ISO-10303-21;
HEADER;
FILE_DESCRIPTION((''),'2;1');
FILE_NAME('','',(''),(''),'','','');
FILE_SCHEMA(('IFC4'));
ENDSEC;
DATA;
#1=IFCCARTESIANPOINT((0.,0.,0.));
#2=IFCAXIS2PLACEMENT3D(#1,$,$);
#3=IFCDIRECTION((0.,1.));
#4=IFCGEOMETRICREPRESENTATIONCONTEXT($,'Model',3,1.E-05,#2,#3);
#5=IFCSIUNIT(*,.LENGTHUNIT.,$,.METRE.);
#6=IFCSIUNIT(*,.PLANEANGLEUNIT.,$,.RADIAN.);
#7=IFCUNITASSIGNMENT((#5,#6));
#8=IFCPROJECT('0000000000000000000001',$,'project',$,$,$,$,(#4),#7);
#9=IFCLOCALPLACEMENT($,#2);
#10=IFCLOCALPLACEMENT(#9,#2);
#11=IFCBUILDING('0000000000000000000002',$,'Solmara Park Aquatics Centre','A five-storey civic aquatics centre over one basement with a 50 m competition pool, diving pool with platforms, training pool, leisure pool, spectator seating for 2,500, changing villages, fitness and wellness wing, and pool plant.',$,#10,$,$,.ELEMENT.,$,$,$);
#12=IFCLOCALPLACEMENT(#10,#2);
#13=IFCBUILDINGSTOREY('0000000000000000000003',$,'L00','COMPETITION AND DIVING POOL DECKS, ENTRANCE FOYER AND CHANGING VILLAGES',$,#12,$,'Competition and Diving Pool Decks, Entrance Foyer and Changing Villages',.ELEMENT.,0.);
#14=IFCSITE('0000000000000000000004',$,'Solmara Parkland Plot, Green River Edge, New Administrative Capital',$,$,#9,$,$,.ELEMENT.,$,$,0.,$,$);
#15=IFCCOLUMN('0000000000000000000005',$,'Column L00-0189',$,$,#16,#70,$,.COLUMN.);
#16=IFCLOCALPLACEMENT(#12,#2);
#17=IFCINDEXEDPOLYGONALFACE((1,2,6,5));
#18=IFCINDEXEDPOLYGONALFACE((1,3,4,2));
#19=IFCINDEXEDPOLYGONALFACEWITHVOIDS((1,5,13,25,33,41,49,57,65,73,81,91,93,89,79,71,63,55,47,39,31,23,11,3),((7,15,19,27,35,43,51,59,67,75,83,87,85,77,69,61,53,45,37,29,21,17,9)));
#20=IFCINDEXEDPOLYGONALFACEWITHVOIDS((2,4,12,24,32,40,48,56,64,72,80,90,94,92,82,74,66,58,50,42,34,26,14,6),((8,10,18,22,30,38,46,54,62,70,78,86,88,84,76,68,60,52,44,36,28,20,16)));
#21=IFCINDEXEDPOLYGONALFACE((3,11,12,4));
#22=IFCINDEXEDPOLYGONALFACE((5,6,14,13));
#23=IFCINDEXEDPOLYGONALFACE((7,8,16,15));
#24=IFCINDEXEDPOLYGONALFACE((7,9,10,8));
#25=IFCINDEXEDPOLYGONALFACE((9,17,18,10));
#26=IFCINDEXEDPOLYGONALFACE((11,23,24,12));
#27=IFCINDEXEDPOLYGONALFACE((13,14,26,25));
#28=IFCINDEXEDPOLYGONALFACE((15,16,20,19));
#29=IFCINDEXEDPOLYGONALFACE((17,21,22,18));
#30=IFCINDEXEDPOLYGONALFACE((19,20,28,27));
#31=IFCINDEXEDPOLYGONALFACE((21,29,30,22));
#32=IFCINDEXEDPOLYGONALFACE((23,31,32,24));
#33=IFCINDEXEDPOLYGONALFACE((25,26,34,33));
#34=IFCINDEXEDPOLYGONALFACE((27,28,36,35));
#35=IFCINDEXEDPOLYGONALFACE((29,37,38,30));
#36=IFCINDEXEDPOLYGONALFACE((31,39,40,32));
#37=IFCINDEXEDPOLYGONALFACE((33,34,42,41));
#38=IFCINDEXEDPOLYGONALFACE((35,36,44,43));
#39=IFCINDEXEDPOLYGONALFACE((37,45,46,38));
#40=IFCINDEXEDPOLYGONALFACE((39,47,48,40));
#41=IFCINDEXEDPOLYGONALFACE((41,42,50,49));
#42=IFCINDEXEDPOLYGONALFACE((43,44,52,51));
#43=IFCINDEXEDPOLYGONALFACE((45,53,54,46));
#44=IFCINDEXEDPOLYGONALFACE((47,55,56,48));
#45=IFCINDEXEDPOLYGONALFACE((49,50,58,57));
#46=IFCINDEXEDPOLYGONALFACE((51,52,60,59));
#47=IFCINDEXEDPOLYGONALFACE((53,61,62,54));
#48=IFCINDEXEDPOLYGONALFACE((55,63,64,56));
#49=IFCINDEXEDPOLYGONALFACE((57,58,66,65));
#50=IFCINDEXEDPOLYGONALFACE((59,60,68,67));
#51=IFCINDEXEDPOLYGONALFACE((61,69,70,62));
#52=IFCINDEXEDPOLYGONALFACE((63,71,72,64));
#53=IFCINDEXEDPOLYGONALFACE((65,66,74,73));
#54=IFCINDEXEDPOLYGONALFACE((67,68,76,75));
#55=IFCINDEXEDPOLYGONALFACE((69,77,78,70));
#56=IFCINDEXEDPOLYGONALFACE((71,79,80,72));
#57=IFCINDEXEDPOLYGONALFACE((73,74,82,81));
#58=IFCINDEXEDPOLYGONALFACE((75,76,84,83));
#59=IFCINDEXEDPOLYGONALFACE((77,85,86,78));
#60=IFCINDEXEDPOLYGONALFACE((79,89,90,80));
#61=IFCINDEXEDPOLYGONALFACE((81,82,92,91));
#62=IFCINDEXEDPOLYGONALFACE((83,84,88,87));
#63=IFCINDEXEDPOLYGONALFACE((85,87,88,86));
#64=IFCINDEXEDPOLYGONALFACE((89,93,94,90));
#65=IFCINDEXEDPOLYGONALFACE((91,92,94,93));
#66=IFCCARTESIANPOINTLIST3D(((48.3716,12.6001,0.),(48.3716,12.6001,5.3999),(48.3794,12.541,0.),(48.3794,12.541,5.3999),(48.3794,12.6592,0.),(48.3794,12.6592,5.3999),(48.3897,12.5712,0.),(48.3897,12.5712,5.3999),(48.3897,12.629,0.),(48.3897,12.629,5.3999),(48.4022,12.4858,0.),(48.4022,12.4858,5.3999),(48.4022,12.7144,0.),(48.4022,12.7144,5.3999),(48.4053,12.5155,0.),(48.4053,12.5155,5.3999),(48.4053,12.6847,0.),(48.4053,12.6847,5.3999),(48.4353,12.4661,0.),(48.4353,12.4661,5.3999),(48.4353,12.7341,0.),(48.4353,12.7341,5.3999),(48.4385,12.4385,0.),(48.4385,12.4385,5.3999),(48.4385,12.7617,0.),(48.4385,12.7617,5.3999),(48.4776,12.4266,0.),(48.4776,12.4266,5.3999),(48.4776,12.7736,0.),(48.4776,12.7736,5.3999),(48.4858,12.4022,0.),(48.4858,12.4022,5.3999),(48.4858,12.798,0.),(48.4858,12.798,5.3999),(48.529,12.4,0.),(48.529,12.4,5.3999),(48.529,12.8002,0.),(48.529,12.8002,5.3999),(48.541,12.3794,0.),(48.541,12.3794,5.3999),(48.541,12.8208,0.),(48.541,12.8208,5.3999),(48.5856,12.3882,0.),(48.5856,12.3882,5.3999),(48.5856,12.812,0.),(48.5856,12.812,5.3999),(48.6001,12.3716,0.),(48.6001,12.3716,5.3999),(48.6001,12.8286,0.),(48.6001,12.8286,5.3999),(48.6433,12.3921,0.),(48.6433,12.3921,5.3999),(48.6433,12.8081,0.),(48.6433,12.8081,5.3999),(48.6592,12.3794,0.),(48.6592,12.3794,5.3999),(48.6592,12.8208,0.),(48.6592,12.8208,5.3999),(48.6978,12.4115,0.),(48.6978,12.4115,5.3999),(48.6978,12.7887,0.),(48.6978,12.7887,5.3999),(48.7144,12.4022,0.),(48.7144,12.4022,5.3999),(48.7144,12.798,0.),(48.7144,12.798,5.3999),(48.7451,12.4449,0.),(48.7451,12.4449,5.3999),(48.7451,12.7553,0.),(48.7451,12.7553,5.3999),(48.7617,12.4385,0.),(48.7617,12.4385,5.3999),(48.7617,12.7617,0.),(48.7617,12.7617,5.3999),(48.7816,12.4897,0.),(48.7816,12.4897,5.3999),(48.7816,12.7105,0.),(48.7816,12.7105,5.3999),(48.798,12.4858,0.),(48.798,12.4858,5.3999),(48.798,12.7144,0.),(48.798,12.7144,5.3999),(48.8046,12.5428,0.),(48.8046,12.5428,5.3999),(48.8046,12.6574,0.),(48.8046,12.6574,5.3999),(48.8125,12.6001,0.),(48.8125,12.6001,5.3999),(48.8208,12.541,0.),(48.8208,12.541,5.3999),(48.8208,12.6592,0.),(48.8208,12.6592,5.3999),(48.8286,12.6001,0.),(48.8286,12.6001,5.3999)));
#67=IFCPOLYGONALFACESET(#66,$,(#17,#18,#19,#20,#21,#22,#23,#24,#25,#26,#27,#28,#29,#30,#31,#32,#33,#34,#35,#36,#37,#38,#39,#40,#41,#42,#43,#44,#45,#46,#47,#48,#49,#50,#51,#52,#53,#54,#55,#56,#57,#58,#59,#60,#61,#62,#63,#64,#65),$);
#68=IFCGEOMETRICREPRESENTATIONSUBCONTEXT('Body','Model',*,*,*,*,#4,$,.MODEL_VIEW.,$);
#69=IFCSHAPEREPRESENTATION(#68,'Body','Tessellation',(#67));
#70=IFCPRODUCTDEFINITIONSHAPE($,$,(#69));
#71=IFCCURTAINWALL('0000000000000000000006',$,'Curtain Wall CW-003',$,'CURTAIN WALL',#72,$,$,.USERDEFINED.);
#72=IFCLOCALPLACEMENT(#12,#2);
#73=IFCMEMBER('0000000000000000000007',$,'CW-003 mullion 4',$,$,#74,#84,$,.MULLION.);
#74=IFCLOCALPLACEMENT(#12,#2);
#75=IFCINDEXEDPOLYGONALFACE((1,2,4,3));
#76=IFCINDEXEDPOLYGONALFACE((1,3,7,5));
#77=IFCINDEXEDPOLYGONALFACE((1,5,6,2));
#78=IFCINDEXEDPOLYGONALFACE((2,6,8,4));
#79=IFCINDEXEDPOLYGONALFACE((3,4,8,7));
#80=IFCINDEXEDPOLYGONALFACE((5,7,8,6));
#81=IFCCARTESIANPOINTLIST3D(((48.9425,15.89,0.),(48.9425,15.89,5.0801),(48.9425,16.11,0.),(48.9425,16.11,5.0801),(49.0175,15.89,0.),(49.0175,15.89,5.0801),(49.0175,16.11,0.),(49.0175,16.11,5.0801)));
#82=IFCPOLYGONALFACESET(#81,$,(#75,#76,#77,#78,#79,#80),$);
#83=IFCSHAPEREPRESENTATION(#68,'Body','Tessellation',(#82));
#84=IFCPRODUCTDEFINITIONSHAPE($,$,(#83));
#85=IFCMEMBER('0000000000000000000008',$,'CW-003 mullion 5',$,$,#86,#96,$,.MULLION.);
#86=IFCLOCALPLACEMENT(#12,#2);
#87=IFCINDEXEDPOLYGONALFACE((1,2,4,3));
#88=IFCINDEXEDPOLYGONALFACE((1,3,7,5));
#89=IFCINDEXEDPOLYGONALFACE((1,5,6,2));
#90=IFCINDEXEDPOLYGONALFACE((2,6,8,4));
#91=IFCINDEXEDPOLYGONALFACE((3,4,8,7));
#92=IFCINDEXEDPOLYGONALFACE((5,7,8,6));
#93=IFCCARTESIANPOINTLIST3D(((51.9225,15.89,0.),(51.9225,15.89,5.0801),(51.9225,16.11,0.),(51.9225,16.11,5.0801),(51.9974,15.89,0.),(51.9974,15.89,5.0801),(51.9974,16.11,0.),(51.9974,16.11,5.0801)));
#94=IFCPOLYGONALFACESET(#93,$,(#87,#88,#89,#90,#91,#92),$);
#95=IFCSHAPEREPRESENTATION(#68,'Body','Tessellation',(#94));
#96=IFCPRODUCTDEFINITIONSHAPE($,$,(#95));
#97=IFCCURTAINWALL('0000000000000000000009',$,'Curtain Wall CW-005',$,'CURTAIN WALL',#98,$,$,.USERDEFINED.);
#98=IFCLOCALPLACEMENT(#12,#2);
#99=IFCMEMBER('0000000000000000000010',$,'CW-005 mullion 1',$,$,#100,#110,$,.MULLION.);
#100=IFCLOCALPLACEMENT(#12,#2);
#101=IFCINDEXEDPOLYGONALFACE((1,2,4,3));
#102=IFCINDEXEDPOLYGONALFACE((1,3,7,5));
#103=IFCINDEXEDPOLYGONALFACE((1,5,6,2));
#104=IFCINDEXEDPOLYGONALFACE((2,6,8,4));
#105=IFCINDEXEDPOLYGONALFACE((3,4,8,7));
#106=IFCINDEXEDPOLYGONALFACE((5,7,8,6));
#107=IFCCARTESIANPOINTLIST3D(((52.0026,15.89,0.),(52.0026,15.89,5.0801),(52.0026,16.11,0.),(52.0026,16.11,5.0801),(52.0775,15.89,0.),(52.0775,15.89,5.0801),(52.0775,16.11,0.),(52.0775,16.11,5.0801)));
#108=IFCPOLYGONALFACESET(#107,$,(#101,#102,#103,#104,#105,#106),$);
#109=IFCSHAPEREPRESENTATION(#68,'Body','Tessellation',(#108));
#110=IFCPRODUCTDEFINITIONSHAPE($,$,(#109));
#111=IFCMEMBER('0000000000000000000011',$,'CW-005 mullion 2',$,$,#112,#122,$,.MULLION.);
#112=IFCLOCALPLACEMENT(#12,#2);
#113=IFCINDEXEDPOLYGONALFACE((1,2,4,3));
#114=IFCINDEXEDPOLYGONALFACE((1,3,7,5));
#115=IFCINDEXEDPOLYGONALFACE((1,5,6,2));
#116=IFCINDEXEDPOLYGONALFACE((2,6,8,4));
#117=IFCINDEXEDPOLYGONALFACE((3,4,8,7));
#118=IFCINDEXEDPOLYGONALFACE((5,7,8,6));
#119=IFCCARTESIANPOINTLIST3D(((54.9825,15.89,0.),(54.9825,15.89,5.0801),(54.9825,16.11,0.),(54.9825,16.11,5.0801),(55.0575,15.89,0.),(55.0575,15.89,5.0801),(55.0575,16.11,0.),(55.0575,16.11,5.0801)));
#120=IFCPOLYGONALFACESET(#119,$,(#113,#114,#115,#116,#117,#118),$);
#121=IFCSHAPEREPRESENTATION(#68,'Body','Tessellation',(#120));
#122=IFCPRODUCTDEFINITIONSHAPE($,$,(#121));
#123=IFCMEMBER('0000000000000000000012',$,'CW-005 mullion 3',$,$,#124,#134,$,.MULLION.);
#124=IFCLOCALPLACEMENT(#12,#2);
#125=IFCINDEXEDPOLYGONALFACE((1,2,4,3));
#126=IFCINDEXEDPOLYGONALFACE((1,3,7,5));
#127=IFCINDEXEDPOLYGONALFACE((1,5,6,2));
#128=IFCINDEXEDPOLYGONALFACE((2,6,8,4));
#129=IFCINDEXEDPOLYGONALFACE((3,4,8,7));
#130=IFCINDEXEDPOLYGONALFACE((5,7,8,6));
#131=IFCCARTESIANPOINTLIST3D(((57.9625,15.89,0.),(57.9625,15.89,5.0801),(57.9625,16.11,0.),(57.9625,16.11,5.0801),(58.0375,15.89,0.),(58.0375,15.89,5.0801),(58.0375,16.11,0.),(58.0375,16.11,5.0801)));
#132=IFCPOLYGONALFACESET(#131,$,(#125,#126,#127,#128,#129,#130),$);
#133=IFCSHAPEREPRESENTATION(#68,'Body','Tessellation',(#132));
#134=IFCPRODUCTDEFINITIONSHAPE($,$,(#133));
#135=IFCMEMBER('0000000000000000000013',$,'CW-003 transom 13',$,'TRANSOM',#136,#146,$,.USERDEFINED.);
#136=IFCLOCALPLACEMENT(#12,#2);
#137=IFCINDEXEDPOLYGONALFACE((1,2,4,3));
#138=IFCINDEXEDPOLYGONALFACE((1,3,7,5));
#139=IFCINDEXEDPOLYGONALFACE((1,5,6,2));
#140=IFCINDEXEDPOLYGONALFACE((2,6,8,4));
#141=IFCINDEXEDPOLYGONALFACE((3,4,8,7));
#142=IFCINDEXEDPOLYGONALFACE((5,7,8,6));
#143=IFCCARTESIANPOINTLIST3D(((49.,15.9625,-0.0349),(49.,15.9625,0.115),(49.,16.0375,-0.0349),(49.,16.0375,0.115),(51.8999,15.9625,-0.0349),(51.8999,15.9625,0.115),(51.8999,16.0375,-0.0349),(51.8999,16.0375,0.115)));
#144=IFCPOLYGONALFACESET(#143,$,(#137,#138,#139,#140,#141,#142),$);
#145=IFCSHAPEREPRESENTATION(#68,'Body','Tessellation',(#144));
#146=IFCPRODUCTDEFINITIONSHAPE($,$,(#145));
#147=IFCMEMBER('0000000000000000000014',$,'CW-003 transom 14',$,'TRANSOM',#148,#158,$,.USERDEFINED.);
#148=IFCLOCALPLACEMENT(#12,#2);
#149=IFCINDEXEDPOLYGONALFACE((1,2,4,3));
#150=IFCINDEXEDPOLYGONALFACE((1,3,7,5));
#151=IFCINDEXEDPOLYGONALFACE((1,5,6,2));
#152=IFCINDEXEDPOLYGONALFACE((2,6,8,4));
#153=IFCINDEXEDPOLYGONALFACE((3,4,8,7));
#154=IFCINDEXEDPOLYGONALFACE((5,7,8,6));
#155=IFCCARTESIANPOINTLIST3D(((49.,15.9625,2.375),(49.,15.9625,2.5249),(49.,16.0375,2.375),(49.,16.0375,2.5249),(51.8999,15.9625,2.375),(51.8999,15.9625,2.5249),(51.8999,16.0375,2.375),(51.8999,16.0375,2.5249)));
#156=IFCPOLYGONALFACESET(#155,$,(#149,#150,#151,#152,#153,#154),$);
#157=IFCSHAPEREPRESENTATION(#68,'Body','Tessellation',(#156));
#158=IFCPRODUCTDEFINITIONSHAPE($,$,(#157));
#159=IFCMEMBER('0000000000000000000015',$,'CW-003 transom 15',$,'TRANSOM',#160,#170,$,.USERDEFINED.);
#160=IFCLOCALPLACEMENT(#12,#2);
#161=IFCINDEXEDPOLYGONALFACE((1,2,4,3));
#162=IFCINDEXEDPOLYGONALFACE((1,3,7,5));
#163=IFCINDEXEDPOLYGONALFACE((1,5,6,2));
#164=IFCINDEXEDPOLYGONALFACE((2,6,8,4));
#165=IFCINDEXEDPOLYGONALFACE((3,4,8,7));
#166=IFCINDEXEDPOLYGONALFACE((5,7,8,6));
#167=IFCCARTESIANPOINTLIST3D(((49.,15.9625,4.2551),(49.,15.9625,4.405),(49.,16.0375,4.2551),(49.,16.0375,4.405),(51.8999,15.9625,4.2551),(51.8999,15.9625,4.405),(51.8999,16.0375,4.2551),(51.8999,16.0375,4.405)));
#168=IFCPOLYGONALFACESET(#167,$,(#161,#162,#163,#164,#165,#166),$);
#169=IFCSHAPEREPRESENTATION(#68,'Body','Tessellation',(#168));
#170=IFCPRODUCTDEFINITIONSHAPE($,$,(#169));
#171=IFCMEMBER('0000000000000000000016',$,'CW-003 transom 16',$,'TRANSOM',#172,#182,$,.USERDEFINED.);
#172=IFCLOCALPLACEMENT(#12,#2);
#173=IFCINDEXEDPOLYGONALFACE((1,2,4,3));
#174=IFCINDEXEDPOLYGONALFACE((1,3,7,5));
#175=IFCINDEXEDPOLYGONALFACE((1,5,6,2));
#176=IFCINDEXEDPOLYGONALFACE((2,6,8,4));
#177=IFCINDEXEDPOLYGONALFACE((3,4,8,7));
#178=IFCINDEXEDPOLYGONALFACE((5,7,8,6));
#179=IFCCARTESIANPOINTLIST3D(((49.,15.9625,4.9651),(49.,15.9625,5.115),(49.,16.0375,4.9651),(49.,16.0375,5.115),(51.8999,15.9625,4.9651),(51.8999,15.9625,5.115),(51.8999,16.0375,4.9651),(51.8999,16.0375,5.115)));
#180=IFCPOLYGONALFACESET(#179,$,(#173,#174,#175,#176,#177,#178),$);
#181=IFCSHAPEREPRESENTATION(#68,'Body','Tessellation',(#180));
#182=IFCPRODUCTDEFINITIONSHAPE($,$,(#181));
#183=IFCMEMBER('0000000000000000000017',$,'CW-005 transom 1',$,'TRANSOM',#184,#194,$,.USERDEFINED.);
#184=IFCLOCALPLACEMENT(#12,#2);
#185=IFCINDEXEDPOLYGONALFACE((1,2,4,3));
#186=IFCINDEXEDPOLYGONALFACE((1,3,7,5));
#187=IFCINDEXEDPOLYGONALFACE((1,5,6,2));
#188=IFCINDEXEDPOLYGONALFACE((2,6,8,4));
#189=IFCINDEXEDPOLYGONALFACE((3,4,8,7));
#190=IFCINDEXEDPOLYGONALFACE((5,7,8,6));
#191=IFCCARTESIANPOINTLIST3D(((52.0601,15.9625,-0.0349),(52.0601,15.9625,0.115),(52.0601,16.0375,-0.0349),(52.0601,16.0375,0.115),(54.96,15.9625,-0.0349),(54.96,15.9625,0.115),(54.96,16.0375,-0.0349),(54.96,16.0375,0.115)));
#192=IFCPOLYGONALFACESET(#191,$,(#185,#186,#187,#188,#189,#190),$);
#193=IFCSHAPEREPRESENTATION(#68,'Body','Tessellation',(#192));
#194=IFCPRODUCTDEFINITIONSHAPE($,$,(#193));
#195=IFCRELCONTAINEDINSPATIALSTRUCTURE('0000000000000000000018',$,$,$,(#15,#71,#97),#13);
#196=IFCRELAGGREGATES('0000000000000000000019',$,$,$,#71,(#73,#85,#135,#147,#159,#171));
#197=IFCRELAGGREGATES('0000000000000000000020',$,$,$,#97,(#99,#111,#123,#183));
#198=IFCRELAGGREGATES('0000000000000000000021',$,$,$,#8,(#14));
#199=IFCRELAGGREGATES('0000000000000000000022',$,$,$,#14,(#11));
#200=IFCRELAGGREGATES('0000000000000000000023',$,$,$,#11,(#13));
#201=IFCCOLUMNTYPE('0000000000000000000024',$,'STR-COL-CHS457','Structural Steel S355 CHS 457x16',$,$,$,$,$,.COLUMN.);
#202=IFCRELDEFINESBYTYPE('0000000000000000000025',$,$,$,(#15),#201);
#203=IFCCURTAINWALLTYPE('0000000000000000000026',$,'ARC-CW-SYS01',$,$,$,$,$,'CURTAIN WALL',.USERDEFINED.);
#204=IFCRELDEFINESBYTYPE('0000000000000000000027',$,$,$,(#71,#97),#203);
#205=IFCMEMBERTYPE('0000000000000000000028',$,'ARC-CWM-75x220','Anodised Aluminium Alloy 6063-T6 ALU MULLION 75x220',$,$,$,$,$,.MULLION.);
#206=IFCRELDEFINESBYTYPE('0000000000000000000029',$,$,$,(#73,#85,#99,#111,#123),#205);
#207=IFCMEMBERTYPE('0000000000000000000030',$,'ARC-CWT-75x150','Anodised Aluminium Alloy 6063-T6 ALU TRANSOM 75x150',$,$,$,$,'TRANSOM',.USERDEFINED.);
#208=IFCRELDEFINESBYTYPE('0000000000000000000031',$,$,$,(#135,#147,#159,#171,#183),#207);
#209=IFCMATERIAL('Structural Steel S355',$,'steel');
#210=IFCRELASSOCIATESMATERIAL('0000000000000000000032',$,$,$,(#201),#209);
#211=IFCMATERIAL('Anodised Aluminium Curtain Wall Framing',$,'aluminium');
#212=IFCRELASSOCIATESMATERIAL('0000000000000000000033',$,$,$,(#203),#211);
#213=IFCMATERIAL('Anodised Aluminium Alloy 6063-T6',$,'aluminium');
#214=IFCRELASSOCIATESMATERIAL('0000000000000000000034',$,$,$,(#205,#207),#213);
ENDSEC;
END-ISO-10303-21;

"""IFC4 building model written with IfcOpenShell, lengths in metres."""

from ifc_helpers import new_model, si_unit, direction, frame, origin, origin_2d, place, context, subcontext, project, spatial, rectangle, hollow_circle, extrude, material, material_profile, profile_set, type_object, element, aggregate, save


model = new_model("IFC4")

# Units and contexts
model_context = context("Model", 3, precision=1e-05, world=origin(), true_north=direction((0.0, 1.0)))
body_context = subcontext(model_context, "Body", "Model", "MODEL_VIEW")
ifc_project = project(units=[si_unit("LENGTHUNIT", "METRE"), si_unit("PLANEANGLEUNIT", "RADIAN")], contexts=[model_context])

# Site, building, storey
site_placement = place(None, origin())
site = spatial("IfcSite", under=ifc_project, at=site_placement, Name="Solmara Parkland Plot, Green River Edge, New Administrative Capital", CompositionType="ELEMENT", RefElevation=0.0)
building_placement = place(site_placement, origin())
building = spatial("IfcBuilding", under=site, at=building_placement, Name="Solmara Park Aquatics Centre", Description="A five-storey civic aquatics centre over one basement with a 50 m competition pool, diving pool with platforms, training pool, leisure pool, spectator seating for 2,500, changing villages, fitness and wellness wing, and pool plant.", CompositionType="ELEMENT")
storey_placement = place(building_placement, origin())
storey = spatial("IfcBuildingStorey", under=building, at=storey_placement, Name="L00", Description="COMPETITION AND DIVING POOL DECKS, ENTRANCE FOYER AND CHANGING VILLAGES", LongName="Competition and Diving Pool Decks, Entrance Foyer and Changing Villages", CompositionType="ELEMENT", Elevation=0.0)

# Column
ifc_material_1 = material(Name="Structural Steel S355", Category="steel")
ifc_material_profile_1 = material_profile(ifc_material_1, hollow_circle(Radius=0.2285, WallThickness=0.0161, at=origin_2d()), Name="CHS 457x16")
ifc_profile_set_1 = profile_set([ifc_material_profile_1], Name="Structural Steel S355")
column_type = type_object("IfcColumnType", Name="STR-COL-CHS457", Description="Structural Steel S355 CHS 457x16", PredefinedType="COLUMN", material=ifc_profile_set_1)
column_placement = place(storey_placement, frame((48.6001, 12.6001, 0.0), z_axis=(0.0, 0.0, 1.0), x_axis=(1.0, 0.0, 0.0)))
element("IfcColumn", 1, at=column_placement, inside=storey, type_object=column_type, Name="Column L00-0189", PredefinedType="COLUMN", context=body_context, shape_type="SweptSolid", body=[
    extrude(hollow_circle(Radius=0.2285, WallThickness=0.0161, at=origin_2d()), origin(), (0.0, 0.0, 1.0), 5.3999),
])

# Curtain walls, members
ifc_material_2 = material(Name="Anodised Aluminium Curtain Wall Framing", Category="aluminium")
curtain_wall_type = type_object("IfcCurtainWallType", Name="ARC-CW-SYS01", ElementType="CURTAIN WALL", PredefinedType="USERDEFINED", material=ifc_material_2)
curtain_wall_1_placement = place(storey_placement, origin())
curtain_wall_1 = element("IfcCurtainWall", 2, at=curtain_wall_1_placement, inside=storey, type_object=curtain_wall_type, Name="Curtain Wall CW-003", ObjectType="CURTAIN WALL", PredefinedType="USERDEFINED")
ifc_material_3 = material(Name="Anodised Aluminium Alloy 6063-T6", Category="aluminium")
ifc_material_profile_2 = material_profile(ifc_material_3, rectangle(XDim=0.075, YDim=0.22, at=origin_2d()), Name="ALU MULLION 75x220")
ifc_profile_set_2 = profile_set([ifc_material_profile_2], Name="Anodised Aluminium Alloy 6063-T6")
member_type_1 = type_object("IfcMemberType", Name="ARC-CWM-75x220", Description="Anodised Aluminium Alloy 6063-T6 ALU MULLION 75x220", PredefinedType="MULLION", material=ifc_profile_set_2)
member_1_placement = place(storey_placement, frame((48.98, 16.0, 0.0), z_axis=(0.0, 0.0, 1.0), x_axis=(1.0, 0.0, 0.0)))
member_1 = element("IfcMember", 3, at=member_1_placement, type_object=member_type_1, Name="CW-003 mullion 4", PredefinedType="MULLION", context=body_context, shape_type="SweptSolid", body=[
    extrude(rectangle(XDim=0.075, YDim=0.22, at=origin_2d()), origin(), (0.0, 0.0, 1.0), 5.0801),
])
member_2_placement = place(storey_placement, frame((51.96, 16.0, 0.0), z_axis=(0.0, 0.0, 1.0), x_axis=(1.0, 0.0, 0.0)))
member_2 = element("IfcMember", 4, at=member_2_placement, type_object=member_type_1, Name="CW-003 mullion 5", PredefinedType="MULLION", context=body_context, shape_type="SweptSolid", body=[
    extrude(rectangle(XDim=0.075, YDim=0.22, at=origin_2d()), origin(), (0.0, 0.0, 1.0), 5.0801),
])
curtain_wall_2_placement = place(storey_placement, origin())
curtain_wall_2 = element("IfcCurtainWall", 5, at=curtain_wall_2_placement, inside=storey, type_object=curtain_wall_type, Name="Curtain Wall CW-005", ObjectType="CURTAIN WALL", PredefinedType="USERDEFINED")
member_3_placement = place(storey_placement, frame((52.04, 16.0, 0.0), z_axis=(0.0, 0.0, 1.0), x_axis=(1.0, 0.0, 0.0)))
member_3 = element("IfcMember", 6, at=member_3_placement, type_object=member_type_1, Name="CW-005 mullion 1", PredefinedType="MULLION", context=body_context, shape_type="SweptSolid", body=[
    extrude(rectangle(XDim=0.075, YDim=0.22, at=origin_2d()), origin(), (0.0, 0.0, 1.0), 5.0801),
])
member_4_placement = place(storey_placement, frame((55.02, 16.0, 0.0), z_axis=(0.0, 0.0, 1.0), x_axis=(1.0, 0.0, 0.0)))
member_4 = element("IfcMember", 7, at=member_4_placement, type_object=member_type_1, Name="CW-005 mullion 2", PredefinedType="MULLION", context=body_context, shape_type="SweptSolid", body=[
    extrude(rectangle(XDim=0.075, YDim=0.22, at=origin_2d()), origin(), (0.0, 0.0, 1.0), 5.0801),
])
member_5_placement = place(storey_placement, frame((58.0, 16.0, 0.0), z_axis=(0.0, 0.0, 1.0), x_axis=(1.0, 0.0, 0.0)))
member_5 = element("IfcMember", 8, at=member_5_placement, type_object=member_type_1, Name="CW-005 mullion 3", PredefinedType="MULLION", context=body_context, shape_type="SweptSolid", body=[
    extrude(rectangle(XDim=0.075, YDim=0.22, at=origin_2d()), origin(), (0.0, 0.0, 1.0), 5.0801),
])

# Members
ifc_material_profile_3 = material_profile(ifc_material_3, rectangle(XDim=0.075, YDim=0.1499, at=origin_2d()), Name="ALU TRANSOM 75x150")
ifc_profile_set_3 = profile_set([ifc_material_profile_3], Name="Anodised Aluminium Alloy 6063-T6")
member_type_2 = type_object("IfcMemberType", Name="ARC-CWT-75x150", Description="Anodised Aluminium Alloy 6063-T6 ALU TRANSOM 75x150", ElementType="TRANSOM", PredefinedType="USERDEFINED", material=ifc_profile_set_3)
member_6_placement = place(storey_placement, frame((49.0, 16.0, 0.04), z_axis=(1.0, 0.0, 0.0), x_axis=(0.0, 1.0, 0.0)))
member_6 = element("IfcMember", 9, at=member_6_placement, type_object=member_type_2, Name="CW-003 transom 13", ObjectType="TRANSOM", PredefinedType="USERDEFINED", context=body_context, shape_type="SweptSolid", body=[
    extrude(rectangle(XDim=0.075, YDim=0.1499, at=origin_2d()), origin(), (0.0, 0.0, 1.0), 2.8999),
])
member_7_placement = place(storey_placement, frame((49.0, 16.0, 2.45), z_axis=(1.0, 0.0, 0.0), x_axis=(0.0, 1.0, 0.0)))
member_7 = element("IfcMember", 10, at=member_7_placement, type_object=member_type_2, Name="CW-003 transom 14", ObjectType="TRANSOM", PredefinedType="USERDEFINED", context=body_context, shape_type="SweptSolid", body=[
    extrude(rectangle(XDim=0.075, YDim=0.1499, at=origin_2d()), origin(), (0.0, 0.0, 1.0), 2.8999),
])
member_8_placement = place(storey_placement, frame((49.0, 16.0, 4.3301), z_axis=(1.0, 0.0, 0.0), x_axis=(0.0, 1.0, 0.0)))
member_8 = element("IfcMember", 11, at=member_8_placement, type_object=member_type_2, Name="CW-003 transom 15", ObjectType="TRANSOM", PredefinedType="USERDEFINED", context=body_context, shape_type="SweptSolid", body=[
    extrude(rectangle(XDim=0.075, YDim=0.1499, at=origin_2d()), origin(), (0.0, 0.0, 1.0), 2.8999),
])
member_9_placement = place(storey_placement, frame((49.0, 16.0, 5.04), z_axis=(1.0, 0.0, 0.0), x_axis=(0.0, 1.0, 0.0)))
member_9 = element("IfcMember", 12, at=member_9_placement, type_object=member_type_2, Name="CW-003 transom 16", ObjectType="TRANSOM", PredefinedType="USERDEFINED", context=body_context, shape_type="SweptSolid", body=[
    extrude(rectangle(XDim=0.075, YDim=0.1499, at=origin_2d()), origin(), (0.0, 0.0, 1.0), 2.8999),
])
member_10_placement = place(storey_placement, frame((52.0601, 16.0, 0.04), z_axis=(1.0, 0.0, 0.0), x_axis=(0.0, 1.0, 0.0)))
member_10 = element("IfcMember", 13, at=member_10_placement, type_object=member_type_2, Name="CW-005 transom 1", ObjectType="TRANSOM", PredefinedType="USERDEFINED", context=body_context, shape_type="SweptSolid", body=[
    extrude(rectangle(XDim=0.075, YDim=0.1499, at=origin_2d()), origin(), (0.0, 0.0, 1.0), 2.8999),
])

aggregate(curtain_wall_1, [member_1, member_2, member_6, member_7, member_8, member_9])
aggregate(curtain_wall_2, [member_3, member_4, member_5, member_10])

save(model, "model.ifc")
